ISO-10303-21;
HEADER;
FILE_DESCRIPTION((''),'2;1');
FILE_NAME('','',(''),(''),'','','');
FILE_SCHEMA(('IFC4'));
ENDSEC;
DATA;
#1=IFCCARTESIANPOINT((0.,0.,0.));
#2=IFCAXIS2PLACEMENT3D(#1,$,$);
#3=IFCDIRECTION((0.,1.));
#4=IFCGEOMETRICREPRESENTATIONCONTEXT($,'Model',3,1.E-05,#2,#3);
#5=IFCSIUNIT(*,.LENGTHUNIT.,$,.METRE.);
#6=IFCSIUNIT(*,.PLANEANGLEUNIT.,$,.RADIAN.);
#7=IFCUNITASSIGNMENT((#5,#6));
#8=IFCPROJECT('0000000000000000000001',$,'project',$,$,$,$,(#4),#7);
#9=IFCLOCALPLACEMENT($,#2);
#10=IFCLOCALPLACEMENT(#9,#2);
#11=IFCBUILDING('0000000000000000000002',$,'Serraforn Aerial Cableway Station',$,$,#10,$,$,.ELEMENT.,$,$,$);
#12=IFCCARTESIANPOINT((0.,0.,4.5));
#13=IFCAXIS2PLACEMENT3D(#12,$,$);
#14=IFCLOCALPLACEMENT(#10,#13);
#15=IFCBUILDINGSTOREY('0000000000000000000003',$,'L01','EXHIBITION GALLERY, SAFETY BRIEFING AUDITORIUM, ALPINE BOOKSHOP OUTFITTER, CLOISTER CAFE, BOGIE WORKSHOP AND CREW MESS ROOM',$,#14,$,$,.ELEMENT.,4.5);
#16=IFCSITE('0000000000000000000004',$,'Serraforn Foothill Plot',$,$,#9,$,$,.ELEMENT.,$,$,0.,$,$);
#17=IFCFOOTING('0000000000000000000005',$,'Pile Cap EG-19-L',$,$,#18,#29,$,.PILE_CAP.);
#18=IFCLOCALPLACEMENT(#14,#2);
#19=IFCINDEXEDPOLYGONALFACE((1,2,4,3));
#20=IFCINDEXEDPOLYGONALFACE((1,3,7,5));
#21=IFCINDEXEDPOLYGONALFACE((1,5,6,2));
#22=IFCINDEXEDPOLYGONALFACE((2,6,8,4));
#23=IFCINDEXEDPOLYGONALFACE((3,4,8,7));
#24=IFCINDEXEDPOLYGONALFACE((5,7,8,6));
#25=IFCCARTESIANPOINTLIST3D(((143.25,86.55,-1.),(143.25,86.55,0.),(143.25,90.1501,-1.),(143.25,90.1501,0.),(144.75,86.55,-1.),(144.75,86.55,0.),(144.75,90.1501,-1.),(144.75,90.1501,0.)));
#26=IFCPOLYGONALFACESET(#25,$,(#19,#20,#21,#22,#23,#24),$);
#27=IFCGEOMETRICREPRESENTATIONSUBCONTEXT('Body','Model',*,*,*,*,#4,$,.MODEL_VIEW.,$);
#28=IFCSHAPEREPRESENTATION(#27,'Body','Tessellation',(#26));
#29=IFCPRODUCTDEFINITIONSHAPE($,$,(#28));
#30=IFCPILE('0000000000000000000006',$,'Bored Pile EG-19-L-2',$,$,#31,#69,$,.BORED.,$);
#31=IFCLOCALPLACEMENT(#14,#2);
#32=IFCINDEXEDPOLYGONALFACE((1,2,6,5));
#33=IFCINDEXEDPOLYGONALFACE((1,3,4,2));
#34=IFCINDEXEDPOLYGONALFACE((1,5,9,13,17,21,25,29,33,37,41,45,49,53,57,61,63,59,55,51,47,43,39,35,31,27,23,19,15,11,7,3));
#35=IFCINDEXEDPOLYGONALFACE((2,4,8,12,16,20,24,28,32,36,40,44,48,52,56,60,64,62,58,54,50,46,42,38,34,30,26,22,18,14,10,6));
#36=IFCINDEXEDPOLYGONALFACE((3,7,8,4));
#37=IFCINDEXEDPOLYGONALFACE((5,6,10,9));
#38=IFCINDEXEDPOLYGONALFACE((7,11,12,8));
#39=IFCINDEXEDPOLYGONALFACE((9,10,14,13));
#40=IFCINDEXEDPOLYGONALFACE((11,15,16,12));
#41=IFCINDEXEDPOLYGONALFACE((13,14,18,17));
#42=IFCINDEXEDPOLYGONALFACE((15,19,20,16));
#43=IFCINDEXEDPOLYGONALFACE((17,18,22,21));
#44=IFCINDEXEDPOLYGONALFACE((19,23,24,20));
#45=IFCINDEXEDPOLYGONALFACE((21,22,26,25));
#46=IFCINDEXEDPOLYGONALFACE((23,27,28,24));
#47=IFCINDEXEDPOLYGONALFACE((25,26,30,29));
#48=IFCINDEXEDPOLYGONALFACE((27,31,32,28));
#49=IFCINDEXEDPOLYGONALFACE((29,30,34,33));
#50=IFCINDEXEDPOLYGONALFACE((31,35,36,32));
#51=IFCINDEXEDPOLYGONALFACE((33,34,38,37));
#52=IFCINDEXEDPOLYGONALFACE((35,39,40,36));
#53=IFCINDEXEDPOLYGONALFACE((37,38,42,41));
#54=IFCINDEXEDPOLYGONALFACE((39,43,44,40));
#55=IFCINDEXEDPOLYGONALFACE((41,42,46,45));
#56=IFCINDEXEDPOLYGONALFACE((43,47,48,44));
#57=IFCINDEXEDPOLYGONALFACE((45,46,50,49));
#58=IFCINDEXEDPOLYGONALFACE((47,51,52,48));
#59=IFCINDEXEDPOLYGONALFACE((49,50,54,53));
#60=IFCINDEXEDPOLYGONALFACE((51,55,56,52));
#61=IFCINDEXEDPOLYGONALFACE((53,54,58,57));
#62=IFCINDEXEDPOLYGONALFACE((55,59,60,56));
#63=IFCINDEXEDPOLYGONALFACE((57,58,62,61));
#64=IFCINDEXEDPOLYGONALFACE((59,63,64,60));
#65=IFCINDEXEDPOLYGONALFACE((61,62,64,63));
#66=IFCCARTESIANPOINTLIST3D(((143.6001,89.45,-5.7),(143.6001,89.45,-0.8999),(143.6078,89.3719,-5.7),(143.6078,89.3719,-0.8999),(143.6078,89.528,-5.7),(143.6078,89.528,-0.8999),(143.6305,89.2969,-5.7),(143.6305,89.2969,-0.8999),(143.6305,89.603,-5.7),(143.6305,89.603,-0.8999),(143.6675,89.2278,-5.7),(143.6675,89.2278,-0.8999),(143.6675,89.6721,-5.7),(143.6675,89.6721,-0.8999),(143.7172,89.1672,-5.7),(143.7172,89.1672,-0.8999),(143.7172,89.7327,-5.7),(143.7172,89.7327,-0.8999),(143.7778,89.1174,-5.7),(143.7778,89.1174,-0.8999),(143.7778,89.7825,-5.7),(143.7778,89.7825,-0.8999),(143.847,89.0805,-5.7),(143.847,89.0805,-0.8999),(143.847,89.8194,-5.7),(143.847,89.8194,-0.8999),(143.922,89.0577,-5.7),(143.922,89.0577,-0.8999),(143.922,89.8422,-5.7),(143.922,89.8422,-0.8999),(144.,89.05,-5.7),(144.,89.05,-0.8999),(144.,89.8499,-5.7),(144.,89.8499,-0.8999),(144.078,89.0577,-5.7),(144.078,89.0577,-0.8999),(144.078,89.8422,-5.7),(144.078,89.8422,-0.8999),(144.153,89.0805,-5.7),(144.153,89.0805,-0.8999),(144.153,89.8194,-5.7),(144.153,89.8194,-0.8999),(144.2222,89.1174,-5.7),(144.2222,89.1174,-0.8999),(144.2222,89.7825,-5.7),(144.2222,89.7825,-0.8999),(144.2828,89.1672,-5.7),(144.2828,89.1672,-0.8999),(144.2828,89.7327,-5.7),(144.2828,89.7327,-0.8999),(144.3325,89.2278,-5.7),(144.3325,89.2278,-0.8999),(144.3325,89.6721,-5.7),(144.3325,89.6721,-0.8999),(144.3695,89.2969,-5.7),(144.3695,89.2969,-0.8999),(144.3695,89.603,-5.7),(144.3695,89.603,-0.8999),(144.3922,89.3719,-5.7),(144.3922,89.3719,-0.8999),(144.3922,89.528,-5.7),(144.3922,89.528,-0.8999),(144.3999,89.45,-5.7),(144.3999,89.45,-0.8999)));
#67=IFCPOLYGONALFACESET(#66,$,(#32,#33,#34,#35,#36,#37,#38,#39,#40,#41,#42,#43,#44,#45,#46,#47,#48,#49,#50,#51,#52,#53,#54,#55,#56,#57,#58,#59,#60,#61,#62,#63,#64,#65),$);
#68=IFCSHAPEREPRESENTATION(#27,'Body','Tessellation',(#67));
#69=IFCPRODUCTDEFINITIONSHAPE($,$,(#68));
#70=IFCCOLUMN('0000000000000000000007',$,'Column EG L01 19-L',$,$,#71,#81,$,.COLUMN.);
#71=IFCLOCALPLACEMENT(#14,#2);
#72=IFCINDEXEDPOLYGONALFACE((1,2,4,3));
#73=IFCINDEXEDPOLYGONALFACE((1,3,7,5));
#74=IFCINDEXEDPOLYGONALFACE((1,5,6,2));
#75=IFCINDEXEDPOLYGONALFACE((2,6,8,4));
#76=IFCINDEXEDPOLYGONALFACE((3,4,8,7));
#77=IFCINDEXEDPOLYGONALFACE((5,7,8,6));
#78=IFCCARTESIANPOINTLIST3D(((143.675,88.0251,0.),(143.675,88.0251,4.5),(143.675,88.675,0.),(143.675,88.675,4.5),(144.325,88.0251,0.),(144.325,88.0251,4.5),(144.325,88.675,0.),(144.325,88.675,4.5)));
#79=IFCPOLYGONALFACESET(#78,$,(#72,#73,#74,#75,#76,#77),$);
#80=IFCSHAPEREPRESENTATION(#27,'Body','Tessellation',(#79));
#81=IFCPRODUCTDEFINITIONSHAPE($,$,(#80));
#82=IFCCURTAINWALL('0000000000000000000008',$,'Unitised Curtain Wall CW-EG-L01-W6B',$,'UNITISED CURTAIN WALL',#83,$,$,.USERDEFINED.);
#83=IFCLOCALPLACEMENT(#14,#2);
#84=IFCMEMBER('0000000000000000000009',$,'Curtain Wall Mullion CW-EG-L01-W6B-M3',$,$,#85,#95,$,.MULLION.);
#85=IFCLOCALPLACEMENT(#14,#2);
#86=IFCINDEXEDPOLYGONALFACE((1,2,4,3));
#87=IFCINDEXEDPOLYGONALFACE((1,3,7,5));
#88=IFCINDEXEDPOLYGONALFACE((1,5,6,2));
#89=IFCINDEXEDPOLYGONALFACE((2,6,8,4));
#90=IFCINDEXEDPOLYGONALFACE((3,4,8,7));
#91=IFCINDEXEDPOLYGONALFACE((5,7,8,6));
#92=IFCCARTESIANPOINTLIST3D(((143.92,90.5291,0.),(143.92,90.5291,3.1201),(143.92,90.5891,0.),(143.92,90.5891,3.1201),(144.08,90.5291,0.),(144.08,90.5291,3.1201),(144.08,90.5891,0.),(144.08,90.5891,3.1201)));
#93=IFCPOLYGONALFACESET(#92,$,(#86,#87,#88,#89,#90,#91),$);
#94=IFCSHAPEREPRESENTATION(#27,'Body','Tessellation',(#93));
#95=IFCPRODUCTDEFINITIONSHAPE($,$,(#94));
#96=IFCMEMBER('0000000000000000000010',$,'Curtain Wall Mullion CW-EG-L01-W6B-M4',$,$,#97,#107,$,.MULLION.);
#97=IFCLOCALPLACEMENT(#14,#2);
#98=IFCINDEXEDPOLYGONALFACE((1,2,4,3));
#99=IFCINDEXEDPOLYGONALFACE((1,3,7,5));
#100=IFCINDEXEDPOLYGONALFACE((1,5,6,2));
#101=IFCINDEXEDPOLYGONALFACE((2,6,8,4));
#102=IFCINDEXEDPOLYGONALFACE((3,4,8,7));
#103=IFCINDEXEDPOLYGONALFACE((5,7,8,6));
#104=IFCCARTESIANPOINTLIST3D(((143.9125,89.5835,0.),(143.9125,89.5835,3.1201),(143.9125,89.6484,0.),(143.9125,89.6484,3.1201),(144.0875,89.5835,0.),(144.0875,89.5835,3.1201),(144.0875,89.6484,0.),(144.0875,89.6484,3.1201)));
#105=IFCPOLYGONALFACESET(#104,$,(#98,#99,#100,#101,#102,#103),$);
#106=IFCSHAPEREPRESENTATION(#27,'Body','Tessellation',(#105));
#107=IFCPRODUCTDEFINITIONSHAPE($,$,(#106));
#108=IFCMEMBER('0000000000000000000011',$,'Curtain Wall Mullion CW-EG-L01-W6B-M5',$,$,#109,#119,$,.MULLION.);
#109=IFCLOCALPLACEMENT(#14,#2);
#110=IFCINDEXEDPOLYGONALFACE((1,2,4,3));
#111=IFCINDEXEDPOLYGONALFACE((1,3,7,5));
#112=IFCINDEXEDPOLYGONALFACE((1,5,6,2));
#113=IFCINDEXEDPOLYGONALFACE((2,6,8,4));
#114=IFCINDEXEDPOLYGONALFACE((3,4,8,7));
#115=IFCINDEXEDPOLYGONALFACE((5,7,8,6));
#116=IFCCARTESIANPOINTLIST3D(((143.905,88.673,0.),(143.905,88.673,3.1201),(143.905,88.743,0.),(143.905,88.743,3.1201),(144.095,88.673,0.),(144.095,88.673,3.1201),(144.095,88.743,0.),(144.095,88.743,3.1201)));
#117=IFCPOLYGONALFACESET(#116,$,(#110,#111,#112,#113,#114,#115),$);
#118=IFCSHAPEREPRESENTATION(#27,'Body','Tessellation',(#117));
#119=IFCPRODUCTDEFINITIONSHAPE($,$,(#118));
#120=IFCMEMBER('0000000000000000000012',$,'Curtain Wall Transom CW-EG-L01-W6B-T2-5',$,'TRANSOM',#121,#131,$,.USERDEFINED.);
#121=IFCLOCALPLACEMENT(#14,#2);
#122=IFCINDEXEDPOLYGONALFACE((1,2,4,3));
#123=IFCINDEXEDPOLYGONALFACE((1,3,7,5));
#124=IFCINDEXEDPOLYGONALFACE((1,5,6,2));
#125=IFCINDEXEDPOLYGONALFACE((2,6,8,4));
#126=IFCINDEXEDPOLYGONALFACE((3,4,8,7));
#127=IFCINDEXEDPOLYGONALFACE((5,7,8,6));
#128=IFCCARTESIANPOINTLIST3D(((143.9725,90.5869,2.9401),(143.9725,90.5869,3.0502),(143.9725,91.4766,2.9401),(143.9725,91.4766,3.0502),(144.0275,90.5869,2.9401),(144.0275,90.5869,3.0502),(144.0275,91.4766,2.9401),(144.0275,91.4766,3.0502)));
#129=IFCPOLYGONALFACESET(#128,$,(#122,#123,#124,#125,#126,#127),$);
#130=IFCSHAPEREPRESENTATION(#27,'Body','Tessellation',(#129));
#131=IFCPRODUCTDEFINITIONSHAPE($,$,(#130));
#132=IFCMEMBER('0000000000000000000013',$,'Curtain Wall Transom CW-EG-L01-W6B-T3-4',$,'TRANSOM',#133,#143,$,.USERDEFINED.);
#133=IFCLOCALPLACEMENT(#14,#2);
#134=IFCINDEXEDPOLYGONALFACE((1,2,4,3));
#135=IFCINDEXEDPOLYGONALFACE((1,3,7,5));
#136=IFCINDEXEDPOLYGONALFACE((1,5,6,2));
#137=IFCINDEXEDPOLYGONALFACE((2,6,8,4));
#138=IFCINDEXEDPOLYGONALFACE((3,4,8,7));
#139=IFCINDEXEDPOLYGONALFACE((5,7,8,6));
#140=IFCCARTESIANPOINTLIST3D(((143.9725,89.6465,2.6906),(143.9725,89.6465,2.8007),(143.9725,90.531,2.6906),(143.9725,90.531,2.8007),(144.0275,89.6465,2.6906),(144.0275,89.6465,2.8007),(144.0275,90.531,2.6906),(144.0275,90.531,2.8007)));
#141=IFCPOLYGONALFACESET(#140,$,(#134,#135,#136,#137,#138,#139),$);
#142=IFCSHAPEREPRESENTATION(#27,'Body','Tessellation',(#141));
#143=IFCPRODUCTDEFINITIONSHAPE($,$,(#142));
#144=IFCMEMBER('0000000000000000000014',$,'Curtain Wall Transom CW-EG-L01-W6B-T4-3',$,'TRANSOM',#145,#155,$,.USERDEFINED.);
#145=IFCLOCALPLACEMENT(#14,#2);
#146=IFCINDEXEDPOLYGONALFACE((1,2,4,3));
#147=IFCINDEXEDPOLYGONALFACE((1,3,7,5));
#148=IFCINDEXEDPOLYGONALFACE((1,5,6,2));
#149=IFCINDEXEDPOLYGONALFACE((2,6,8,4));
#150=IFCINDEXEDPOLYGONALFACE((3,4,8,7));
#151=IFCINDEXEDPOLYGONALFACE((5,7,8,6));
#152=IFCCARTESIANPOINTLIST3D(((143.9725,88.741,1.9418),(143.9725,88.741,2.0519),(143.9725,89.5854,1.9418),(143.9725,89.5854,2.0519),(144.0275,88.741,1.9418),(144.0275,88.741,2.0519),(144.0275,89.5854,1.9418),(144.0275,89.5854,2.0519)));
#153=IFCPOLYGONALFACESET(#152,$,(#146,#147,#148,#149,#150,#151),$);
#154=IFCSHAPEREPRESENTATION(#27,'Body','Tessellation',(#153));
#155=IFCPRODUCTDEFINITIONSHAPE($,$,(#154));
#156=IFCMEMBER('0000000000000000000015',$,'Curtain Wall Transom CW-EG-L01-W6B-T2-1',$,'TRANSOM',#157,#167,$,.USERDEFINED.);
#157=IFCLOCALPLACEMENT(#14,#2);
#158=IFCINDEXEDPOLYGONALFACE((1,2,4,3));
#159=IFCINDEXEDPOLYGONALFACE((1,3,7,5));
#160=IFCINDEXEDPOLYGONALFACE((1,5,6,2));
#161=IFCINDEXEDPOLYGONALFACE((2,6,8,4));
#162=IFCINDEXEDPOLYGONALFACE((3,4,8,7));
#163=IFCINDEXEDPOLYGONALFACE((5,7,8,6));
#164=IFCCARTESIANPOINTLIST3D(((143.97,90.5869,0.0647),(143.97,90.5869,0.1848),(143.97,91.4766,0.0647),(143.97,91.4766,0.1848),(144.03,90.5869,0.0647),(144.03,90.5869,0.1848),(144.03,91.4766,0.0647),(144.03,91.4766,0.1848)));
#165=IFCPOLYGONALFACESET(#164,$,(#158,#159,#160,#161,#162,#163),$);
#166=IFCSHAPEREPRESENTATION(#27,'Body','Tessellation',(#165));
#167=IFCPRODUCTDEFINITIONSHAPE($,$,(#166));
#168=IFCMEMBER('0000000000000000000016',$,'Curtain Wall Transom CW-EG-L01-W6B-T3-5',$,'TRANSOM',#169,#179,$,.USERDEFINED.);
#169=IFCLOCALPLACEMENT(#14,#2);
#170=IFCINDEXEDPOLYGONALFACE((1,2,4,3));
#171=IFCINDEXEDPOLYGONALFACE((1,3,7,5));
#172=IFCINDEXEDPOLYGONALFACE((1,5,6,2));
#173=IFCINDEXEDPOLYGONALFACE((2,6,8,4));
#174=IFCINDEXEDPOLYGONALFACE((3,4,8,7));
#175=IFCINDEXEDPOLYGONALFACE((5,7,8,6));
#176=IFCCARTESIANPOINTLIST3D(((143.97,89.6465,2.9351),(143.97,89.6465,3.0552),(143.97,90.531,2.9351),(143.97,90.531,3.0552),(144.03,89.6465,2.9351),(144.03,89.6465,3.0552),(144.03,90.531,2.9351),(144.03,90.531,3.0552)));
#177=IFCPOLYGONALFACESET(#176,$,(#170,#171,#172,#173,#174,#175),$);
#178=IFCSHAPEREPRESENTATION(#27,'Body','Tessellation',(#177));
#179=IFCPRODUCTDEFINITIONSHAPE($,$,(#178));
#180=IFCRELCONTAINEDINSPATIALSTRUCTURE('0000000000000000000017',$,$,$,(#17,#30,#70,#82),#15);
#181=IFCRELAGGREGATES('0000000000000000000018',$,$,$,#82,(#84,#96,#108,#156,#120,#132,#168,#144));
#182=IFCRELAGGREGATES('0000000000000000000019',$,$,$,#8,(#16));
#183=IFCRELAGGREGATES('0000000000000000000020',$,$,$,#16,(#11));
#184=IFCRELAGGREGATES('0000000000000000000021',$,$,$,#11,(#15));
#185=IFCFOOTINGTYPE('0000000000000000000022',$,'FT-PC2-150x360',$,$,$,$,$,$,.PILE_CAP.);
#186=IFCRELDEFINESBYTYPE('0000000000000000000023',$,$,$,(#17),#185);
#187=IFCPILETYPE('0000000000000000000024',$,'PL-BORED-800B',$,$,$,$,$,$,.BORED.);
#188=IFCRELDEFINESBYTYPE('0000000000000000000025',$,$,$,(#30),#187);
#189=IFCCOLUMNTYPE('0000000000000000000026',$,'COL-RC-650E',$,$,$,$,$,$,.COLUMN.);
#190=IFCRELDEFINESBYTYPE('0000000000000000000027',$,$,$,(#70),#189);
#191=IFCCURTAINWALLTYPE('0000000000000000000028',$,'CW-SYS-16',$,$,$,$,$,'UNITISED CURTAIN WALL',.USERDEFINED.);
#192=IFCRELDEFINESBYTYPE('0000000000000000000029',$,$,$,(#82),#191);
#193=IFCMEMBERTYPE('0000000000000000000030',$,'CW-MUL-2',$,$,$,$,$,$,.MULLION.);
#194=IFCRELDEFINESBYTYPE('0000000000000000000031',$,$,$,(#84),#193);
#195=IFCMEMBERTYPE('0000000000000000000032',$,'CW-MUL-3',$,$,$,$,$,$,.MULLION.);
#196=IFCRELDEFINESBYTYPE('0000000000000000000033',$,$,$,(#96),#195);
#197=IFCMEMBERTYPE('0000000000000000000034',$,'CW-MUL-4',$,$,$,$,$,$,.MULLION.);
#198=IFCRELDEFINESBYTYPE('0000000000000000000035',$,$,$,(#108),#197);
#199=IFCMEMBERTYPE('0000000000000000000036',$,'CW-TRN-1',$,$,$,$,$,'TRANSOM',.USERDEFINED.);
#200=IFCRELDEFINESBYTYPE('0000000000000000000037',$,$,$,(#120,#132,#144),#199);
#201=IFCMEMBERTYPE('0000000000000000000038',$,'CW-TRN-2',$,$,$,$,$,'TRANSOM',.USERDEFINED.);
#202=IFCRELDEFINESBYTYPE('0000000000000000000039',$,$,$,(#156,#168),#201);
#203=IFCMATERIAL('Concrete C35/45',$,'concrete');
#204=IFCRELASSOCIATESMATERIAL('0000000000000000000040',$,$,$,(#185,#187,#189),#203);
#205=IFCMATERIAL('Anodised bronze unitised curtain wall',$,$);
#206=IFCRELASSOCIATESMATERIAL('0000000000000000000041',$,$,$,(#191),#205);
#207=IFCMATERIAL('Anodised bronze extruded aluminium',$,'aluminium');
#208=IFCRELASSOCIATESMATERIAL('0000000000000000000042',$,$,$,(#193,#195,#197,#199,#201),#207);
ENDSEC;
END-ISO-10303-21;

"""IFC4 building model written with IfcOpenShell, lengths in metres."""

from ifc_helpers import new_model, si_unit, direction, frame, origin, origin_2d, place, context, subcontext, project, spatial, rectangle, circle, extrude, material, material_profile, profile_set, type_object, element, aggregate, save


model = new_model("IFC4")

# Units and contexts
model_context = context("Model", 3, precision=1e-05, world=origin(), true_north=direction((0.0, 1.0)))
body_context = subcontext(model_context, "Body", "Model", "MODEL_VIEW")
ifc_project = project(units=[si_unit("LENGTHUNIT", "METRE"), si_unit("PLANEANGLEUNIT", "RADIAN")], contexts=[model_context])

# Site, building, storey
site_placement = place(None, origin())
site = spatial("IfcSite", under=ifc_project, at=site_placement, Name="Serraforn Foothill Plot", CompositionType="ELEMENT", RefElevation=0.0)
building_placement = place(site_placement, origin())
building = spatial("IfcBuilding", under=site, at=building_placement, Name="Serraforn Aerial Cableway Station", CompositionType="ELEMENT")
storey_placement = place(building_placement, frame((0.0, 0.0, 4.5)))
storey = spatial("IfcBuildingStorey", under=building, at=storey_placement, Name="L01", Description="EXHIBITION GALLERY, SAFETY BRIEFING AUDITORIUM, ALPINE BOOKSHOP OUTFITTER, CLOISTER CAFE, BOGIE WORKSHOP AND CREW MESS ROOM", CompositionType="ELEMENT", Elevation=4.5)

# Footing
ifc_material_1 = material(Name="Concrete C35/45", Category="concrete")
footing_type = type_object("IfcFootingType", Name="FT-PC2-150x360", PredefinedType="PILE_CAP", material=ifc_material_1)
footing_placement = place(storey_placement, frame((144.0, 88.3501, -1.0), z_axis=(0.0, 0.0, 1.0), x_axis=(1.0, 0.0, 0.0)))
element("IfcFooting", 1, at=footing_placement, inside=storey, type_object=footing_type, Name="Pile Cap EG-19-L", PredefinedType="PILE_CAP", context=body_context, shape_type="SweptSolid", body=[
    extrude(rectangle(XDim=1.5, YDim=3.6001, at=origin_2d()), origin(), (0.0, 0.0, 1.0), 1.0),
])

# Pile
ifc_material_profile_1 = material_profile(ifc_material_1, circle(Radius=0.3999, at=origin_2d()), Name="BORED PILE D800")
ifc_profile_set_1 = profile_set([ifc_material_profile_1], Name="Concrete C35/45")
pile_type = type_object("IfcPileType", Name="PL-BORED-800B", PredefinedType="BORED", material=ifc_profile_set_1)
pile_placement = place(storey_placement, frame((144.0, 89.45, -0.8999), z_axis=(0.0, 0.0, -1.0), x_axis=(1.0, 0.0, 0.0)))
element("IfcPile", 2, at=pile_placement, inside=storey, type_object=pile_type, Name="Bored Pile EG-19-L-2", PredefinedType="BORED", context=body_context, shape_type="SweptSolid", body=[
    extrude(circle(Radius=0.3999, at=origin_2d()), origin(), (0.0, 0.0, 1.0), 4.8),
])

# Column
ifc_material_profile_2 = material_profile(ifc_material_1, rectangle(XDim=0.6499, YDim=0.6499, at=origin_2d()), Name="RC 650x650")
ifc_profile_set_2 = profile_set([ifc_material_profile_2], Name="Concrete C35/45")
column_type = type_object("IfcColumnType", Name="COL-RC-650E", PredefinedType="COLUMN", material=ifc_profile_set_2)
column_placement = place(storey_placement, frame((144.0, 88.3501, 0.0), z_axis=(0.0, 0.0, 1.0), x_axis=(1.0, 0.0, 0.0)))
element("IfcColumn", 3, at=column_placement, inside=storey, type_object=column_type, Name="Column EG L01 19-L", PredefinedType="COLUMN", context=body_context, shape_type="SweptSolid", body=[
    extrude(rectangle(XDim=0.6499, YDim=0.6499, at=origin_2d()), origin(), (0.0, 0.0, 1.0), 4.5),
])

# Curtain wall, members
ifc_material_2 = material(Name="Anodised bronze unitised curtain wall")
curtain_wall_type = type_object("IfcCurtainWallType", Name="CW-SYS-16", ElementType="UNITISED CURTAIN WALL", PredefinedType="USERDEFINED", material=ifc_material_2)
curtain_wall_placement = place(storey_placement, origin())
curtain_wall = element("IfcCurtainWall", 4, at=curtain_wall_placement, inside=storey, type_object=curtain_wall_type, Name="Unitised Curtain Wall CW-EG-L01-W6B", ObjectType="UNITISED CURTAIN WALL", PredefinedType="USERDEFINED")
ifc_material_3 = material(Name="Anodised bronze extruded aluminium", Category="aluminium")
ifc_material_profile_3 = material_profile(ifc_material_3, rectangle(XDim=0.0601, YDim=0.1599, at=origin_2d()), Name="CW MULLION 60x160")
ifc_profile_set_3 = profile_set([ifc_material_profile_3], Name="Anodised bronze extruded aluminium")
member_type_1 = type_object("IfcMemberType", Name="CW-MUL-2", PredefinedType="MULLION", material=ifc_profile_set_3)
member_1_placement = place(storey_placement, frame((144.0, 90.5591, 0.0), z_axis=(0.0, 0.0, 1.0), x_axis=(0.0, -1.0, 0.0)))
member_1 = element("IfcMember", 5, at=member_1_placement, type_object=member_type_1, Name="Curtain Wall Mullion CW-EG-L01-W6B-M3", PredefinedType="MULLION", context=body_context, shape_type="SweptSolid", body=[
    extrude(rectangle(XDim=0.0601, YDim=0.1599, at=origin_2d()), origin(), (0.0, 0.0, 1.0), 3.1201),
])
ifc_material_profile_4 = material_profile(ifc_material_3, rectangle(XDim=0.0649, YDim=0.175, at=origin_2d()), Name="CW MULLION 65x175")
ifc_profile_set_4 = profile_set([ifc_material_profile_4], Name="Anodised bronze extruded aluminium")
member_type_2 = type_object("IfcMemberType", Name="CW-MUL-3", PredefinedType="MULLION", material=ifc_profile_set_4)
member_2_placement = place(storey_placement, frame((144.0, 89.616, 0.0), z_axis=(0.0, 0.0, 1.0), x_axis=(0.0, -1.0, 0.0)))
member_2 = element("IfcMember", 6, at=member_2_placement, type_object=member_type_2, Name="Curtain Wall Mullion CW-EG-L01-W6B-M4", PredefinedType="MULLION", context=body_context, shape_type="SweptSolid", body=[
    extrude(rectangle(XDim=0.0649, YDim=0.175, at=origin_2d()), origin(), (0.0, 0.0, 1.0), 3.1201),
])
ifc_material_profile_5 = material_profile(ifc_material_3, rectangle(XDim=0.0701, YDim=0.1899, at=origin_2d()), Name="CW MULLION 70x190")
ifc_profile_set_5 = profile_set([ifc_material_profile_5], Name="Anodised bronze extruded aluminium")
member_type_3 = type_object("IfcMemberType", Name="CW-MUL-4", PredefinedType="MULLION", material=ifc_profile_set_5)
member_3_placement = place(storey_placement, frame((144.0, 88.708, 0.0), z_axis=(0.0, 0.0, 1.0), x_axis=(0.0, -1.0, 0.0)))
member_3 = element("IfcMember", 7, at=member_3_placement, type_object=member_type_3, Name="Curtain Wall Mullion CW-EG-L01-W6B-M5", PredefinedType="MULLION", context=body_context, shape_type="SweptSolid", body=[
    extrude(rectangle(XDim=0.0701, YDim=0.1899, at=origin_2d()), origin(), (0.0, 0.0, 1.0), 3.1201),
])
ifc_material_profile_6 = material_profile(ifc_material_3, rectangle(XDim=0.0549, YDim=0.1101, at=origin_2d()), Name="CW TRANSOM 55x110")
ifc_profile_set_6 = profile_set([ifc_material_profile_6], Name="Anodised bronze extruded aluminium")
member_type_4 = type_object("IfcMemberType", Name="CW-TRN-1", ElementType="TRANSOM", PredefinedType="USERDEFINED", material=ifc_profile_set_6)
member_4_placement = place(storey_placement, frame((144.0, 91.4766, 2.9951), z_axis=(0.0, -1.0, 0.0), x_axis=(1.0, 0.0, 0.0)))
member_4 = element("IfcMember", 8, at=member_4_placement, type_object=member_type_4, Name="Curtain Wall Transom CW-EG-L01-W6B-T2-5", ObjectType="TRANSOM", PredefinedType="USERDEFINED", context=body_context, shape_type="SweptSolid", body=[
    extrude(rectangle(XDim=0.0549, YDim=0.1101, at=origin_2d()), origin(), (0.0, 0.0, 1.0), 0.8896),
])
member_5_placement = place(storey_placement, frame((144.0, 90.531, 2.7456), z_axis=(0.0, -1.0, 0.0), x_axis=(1.0, 0.0, 0.0)))
member_5 = element("IfcMember", 9, at=member_5_placement, type_object=member_type_4, Name="Curtain Wall Transom CW-EG-L01-W6B-T3-4", ObjectType="TRANSOM", PredefinedType="USERDEFINED", context=body_context, shape_type="SweptSolid", body=[
    extrude(rectangle(XDim=0.0549, YDim=0.1101, at=origin_2d()), origin(), (0.0, 0.0, 1.0), 0.8845),
])
member_6_placement = place(storey_placement, frame((144.0, 89.5854, 1.9968), z_axis=(0.0, -1.0, 0.0), x_axis=(1.0, 0.0, 0.0)))
member_6 = element("IfcMember", 10, at=member_6_placement, type_object=member_type_4, Name="Curtain Wall Transom CW-EG-L01-W6B-T4-3", ObjectType="TRANSOM", PredefinedType="USERDEFINED", context=body_context, shape_type="SweptSolid", body=[
    extrude(rectangle(XDim=0.0549, YDim=0.1101, at=origin_2d()), origin(), (0.0, 0.0, 1.0), 0.8445),
])
ifc_material_profile_7 = material_profile(ifc_material_3, rectangle(XDim=0.0601, YDim=0.1201, at=origin_2d()), Name="CW TRANSOM 60x120")
ifc_profile_set_7 = profile_set([ifc_material_profile_7], Name="Anodised bronze extruded aluminium")
member_type_5 = type_object("IfcMemberType", Name="CW-TRN-2", ElementType="TRANSOM", PredefinedType="USERDEFINED", material=ifc_profile_set_7)
member_7_placement = place(storey_placement, frame((144.0, 91.4766, 0.1248), z_axis=(0.0, -1.0, 0.0), x_axis=(1.0, 0.0, 0.0)))
member_7 = element("IfcMember", 11, at=member_7_placement, type_object=member_type_5, Name="Curtain Wall Transom CW-EG-L01-W6B-T2-1", ObjectType="TRANSOM", PredefinedType="USERDEFINED", context=body_context, shape_type="SweptSolid", body=[
    extrude(rectangle(XDim=0.0601, YDim=0.1201, at=origin_2d()), origin(), (0.0, 0.0, 1.0), 0.8896),
])
member_8_placement = place(storey_placement, frame((144.0, 90.531, 2.9951), z_axis=(0.0, -1.0, 0.0), x_axis=(1.0, 0.0, 0.0)))
member_8 = element("IfcMember", 12, at=member_8_placement, type_object=member_type_5, Name="Curtain Wall Transom CW-EG-L01-W6B-T3-5", ObjectType="TRANSOM", PredefinedType="USERDEFINED", context=body_context, shape_type="SweptSolid", body=[
    extrude(rectangle(XDim=0.0601, YDim=0.1201, at=origin_2d()), origin(), (0.0, 0.0, 1.0), 0.8845),
])
aggregate(curtain_wall, [member_1, member_2, member_3, member_7, member_4, member_5, member_8, member_6])

save(model, "model.ifc")
